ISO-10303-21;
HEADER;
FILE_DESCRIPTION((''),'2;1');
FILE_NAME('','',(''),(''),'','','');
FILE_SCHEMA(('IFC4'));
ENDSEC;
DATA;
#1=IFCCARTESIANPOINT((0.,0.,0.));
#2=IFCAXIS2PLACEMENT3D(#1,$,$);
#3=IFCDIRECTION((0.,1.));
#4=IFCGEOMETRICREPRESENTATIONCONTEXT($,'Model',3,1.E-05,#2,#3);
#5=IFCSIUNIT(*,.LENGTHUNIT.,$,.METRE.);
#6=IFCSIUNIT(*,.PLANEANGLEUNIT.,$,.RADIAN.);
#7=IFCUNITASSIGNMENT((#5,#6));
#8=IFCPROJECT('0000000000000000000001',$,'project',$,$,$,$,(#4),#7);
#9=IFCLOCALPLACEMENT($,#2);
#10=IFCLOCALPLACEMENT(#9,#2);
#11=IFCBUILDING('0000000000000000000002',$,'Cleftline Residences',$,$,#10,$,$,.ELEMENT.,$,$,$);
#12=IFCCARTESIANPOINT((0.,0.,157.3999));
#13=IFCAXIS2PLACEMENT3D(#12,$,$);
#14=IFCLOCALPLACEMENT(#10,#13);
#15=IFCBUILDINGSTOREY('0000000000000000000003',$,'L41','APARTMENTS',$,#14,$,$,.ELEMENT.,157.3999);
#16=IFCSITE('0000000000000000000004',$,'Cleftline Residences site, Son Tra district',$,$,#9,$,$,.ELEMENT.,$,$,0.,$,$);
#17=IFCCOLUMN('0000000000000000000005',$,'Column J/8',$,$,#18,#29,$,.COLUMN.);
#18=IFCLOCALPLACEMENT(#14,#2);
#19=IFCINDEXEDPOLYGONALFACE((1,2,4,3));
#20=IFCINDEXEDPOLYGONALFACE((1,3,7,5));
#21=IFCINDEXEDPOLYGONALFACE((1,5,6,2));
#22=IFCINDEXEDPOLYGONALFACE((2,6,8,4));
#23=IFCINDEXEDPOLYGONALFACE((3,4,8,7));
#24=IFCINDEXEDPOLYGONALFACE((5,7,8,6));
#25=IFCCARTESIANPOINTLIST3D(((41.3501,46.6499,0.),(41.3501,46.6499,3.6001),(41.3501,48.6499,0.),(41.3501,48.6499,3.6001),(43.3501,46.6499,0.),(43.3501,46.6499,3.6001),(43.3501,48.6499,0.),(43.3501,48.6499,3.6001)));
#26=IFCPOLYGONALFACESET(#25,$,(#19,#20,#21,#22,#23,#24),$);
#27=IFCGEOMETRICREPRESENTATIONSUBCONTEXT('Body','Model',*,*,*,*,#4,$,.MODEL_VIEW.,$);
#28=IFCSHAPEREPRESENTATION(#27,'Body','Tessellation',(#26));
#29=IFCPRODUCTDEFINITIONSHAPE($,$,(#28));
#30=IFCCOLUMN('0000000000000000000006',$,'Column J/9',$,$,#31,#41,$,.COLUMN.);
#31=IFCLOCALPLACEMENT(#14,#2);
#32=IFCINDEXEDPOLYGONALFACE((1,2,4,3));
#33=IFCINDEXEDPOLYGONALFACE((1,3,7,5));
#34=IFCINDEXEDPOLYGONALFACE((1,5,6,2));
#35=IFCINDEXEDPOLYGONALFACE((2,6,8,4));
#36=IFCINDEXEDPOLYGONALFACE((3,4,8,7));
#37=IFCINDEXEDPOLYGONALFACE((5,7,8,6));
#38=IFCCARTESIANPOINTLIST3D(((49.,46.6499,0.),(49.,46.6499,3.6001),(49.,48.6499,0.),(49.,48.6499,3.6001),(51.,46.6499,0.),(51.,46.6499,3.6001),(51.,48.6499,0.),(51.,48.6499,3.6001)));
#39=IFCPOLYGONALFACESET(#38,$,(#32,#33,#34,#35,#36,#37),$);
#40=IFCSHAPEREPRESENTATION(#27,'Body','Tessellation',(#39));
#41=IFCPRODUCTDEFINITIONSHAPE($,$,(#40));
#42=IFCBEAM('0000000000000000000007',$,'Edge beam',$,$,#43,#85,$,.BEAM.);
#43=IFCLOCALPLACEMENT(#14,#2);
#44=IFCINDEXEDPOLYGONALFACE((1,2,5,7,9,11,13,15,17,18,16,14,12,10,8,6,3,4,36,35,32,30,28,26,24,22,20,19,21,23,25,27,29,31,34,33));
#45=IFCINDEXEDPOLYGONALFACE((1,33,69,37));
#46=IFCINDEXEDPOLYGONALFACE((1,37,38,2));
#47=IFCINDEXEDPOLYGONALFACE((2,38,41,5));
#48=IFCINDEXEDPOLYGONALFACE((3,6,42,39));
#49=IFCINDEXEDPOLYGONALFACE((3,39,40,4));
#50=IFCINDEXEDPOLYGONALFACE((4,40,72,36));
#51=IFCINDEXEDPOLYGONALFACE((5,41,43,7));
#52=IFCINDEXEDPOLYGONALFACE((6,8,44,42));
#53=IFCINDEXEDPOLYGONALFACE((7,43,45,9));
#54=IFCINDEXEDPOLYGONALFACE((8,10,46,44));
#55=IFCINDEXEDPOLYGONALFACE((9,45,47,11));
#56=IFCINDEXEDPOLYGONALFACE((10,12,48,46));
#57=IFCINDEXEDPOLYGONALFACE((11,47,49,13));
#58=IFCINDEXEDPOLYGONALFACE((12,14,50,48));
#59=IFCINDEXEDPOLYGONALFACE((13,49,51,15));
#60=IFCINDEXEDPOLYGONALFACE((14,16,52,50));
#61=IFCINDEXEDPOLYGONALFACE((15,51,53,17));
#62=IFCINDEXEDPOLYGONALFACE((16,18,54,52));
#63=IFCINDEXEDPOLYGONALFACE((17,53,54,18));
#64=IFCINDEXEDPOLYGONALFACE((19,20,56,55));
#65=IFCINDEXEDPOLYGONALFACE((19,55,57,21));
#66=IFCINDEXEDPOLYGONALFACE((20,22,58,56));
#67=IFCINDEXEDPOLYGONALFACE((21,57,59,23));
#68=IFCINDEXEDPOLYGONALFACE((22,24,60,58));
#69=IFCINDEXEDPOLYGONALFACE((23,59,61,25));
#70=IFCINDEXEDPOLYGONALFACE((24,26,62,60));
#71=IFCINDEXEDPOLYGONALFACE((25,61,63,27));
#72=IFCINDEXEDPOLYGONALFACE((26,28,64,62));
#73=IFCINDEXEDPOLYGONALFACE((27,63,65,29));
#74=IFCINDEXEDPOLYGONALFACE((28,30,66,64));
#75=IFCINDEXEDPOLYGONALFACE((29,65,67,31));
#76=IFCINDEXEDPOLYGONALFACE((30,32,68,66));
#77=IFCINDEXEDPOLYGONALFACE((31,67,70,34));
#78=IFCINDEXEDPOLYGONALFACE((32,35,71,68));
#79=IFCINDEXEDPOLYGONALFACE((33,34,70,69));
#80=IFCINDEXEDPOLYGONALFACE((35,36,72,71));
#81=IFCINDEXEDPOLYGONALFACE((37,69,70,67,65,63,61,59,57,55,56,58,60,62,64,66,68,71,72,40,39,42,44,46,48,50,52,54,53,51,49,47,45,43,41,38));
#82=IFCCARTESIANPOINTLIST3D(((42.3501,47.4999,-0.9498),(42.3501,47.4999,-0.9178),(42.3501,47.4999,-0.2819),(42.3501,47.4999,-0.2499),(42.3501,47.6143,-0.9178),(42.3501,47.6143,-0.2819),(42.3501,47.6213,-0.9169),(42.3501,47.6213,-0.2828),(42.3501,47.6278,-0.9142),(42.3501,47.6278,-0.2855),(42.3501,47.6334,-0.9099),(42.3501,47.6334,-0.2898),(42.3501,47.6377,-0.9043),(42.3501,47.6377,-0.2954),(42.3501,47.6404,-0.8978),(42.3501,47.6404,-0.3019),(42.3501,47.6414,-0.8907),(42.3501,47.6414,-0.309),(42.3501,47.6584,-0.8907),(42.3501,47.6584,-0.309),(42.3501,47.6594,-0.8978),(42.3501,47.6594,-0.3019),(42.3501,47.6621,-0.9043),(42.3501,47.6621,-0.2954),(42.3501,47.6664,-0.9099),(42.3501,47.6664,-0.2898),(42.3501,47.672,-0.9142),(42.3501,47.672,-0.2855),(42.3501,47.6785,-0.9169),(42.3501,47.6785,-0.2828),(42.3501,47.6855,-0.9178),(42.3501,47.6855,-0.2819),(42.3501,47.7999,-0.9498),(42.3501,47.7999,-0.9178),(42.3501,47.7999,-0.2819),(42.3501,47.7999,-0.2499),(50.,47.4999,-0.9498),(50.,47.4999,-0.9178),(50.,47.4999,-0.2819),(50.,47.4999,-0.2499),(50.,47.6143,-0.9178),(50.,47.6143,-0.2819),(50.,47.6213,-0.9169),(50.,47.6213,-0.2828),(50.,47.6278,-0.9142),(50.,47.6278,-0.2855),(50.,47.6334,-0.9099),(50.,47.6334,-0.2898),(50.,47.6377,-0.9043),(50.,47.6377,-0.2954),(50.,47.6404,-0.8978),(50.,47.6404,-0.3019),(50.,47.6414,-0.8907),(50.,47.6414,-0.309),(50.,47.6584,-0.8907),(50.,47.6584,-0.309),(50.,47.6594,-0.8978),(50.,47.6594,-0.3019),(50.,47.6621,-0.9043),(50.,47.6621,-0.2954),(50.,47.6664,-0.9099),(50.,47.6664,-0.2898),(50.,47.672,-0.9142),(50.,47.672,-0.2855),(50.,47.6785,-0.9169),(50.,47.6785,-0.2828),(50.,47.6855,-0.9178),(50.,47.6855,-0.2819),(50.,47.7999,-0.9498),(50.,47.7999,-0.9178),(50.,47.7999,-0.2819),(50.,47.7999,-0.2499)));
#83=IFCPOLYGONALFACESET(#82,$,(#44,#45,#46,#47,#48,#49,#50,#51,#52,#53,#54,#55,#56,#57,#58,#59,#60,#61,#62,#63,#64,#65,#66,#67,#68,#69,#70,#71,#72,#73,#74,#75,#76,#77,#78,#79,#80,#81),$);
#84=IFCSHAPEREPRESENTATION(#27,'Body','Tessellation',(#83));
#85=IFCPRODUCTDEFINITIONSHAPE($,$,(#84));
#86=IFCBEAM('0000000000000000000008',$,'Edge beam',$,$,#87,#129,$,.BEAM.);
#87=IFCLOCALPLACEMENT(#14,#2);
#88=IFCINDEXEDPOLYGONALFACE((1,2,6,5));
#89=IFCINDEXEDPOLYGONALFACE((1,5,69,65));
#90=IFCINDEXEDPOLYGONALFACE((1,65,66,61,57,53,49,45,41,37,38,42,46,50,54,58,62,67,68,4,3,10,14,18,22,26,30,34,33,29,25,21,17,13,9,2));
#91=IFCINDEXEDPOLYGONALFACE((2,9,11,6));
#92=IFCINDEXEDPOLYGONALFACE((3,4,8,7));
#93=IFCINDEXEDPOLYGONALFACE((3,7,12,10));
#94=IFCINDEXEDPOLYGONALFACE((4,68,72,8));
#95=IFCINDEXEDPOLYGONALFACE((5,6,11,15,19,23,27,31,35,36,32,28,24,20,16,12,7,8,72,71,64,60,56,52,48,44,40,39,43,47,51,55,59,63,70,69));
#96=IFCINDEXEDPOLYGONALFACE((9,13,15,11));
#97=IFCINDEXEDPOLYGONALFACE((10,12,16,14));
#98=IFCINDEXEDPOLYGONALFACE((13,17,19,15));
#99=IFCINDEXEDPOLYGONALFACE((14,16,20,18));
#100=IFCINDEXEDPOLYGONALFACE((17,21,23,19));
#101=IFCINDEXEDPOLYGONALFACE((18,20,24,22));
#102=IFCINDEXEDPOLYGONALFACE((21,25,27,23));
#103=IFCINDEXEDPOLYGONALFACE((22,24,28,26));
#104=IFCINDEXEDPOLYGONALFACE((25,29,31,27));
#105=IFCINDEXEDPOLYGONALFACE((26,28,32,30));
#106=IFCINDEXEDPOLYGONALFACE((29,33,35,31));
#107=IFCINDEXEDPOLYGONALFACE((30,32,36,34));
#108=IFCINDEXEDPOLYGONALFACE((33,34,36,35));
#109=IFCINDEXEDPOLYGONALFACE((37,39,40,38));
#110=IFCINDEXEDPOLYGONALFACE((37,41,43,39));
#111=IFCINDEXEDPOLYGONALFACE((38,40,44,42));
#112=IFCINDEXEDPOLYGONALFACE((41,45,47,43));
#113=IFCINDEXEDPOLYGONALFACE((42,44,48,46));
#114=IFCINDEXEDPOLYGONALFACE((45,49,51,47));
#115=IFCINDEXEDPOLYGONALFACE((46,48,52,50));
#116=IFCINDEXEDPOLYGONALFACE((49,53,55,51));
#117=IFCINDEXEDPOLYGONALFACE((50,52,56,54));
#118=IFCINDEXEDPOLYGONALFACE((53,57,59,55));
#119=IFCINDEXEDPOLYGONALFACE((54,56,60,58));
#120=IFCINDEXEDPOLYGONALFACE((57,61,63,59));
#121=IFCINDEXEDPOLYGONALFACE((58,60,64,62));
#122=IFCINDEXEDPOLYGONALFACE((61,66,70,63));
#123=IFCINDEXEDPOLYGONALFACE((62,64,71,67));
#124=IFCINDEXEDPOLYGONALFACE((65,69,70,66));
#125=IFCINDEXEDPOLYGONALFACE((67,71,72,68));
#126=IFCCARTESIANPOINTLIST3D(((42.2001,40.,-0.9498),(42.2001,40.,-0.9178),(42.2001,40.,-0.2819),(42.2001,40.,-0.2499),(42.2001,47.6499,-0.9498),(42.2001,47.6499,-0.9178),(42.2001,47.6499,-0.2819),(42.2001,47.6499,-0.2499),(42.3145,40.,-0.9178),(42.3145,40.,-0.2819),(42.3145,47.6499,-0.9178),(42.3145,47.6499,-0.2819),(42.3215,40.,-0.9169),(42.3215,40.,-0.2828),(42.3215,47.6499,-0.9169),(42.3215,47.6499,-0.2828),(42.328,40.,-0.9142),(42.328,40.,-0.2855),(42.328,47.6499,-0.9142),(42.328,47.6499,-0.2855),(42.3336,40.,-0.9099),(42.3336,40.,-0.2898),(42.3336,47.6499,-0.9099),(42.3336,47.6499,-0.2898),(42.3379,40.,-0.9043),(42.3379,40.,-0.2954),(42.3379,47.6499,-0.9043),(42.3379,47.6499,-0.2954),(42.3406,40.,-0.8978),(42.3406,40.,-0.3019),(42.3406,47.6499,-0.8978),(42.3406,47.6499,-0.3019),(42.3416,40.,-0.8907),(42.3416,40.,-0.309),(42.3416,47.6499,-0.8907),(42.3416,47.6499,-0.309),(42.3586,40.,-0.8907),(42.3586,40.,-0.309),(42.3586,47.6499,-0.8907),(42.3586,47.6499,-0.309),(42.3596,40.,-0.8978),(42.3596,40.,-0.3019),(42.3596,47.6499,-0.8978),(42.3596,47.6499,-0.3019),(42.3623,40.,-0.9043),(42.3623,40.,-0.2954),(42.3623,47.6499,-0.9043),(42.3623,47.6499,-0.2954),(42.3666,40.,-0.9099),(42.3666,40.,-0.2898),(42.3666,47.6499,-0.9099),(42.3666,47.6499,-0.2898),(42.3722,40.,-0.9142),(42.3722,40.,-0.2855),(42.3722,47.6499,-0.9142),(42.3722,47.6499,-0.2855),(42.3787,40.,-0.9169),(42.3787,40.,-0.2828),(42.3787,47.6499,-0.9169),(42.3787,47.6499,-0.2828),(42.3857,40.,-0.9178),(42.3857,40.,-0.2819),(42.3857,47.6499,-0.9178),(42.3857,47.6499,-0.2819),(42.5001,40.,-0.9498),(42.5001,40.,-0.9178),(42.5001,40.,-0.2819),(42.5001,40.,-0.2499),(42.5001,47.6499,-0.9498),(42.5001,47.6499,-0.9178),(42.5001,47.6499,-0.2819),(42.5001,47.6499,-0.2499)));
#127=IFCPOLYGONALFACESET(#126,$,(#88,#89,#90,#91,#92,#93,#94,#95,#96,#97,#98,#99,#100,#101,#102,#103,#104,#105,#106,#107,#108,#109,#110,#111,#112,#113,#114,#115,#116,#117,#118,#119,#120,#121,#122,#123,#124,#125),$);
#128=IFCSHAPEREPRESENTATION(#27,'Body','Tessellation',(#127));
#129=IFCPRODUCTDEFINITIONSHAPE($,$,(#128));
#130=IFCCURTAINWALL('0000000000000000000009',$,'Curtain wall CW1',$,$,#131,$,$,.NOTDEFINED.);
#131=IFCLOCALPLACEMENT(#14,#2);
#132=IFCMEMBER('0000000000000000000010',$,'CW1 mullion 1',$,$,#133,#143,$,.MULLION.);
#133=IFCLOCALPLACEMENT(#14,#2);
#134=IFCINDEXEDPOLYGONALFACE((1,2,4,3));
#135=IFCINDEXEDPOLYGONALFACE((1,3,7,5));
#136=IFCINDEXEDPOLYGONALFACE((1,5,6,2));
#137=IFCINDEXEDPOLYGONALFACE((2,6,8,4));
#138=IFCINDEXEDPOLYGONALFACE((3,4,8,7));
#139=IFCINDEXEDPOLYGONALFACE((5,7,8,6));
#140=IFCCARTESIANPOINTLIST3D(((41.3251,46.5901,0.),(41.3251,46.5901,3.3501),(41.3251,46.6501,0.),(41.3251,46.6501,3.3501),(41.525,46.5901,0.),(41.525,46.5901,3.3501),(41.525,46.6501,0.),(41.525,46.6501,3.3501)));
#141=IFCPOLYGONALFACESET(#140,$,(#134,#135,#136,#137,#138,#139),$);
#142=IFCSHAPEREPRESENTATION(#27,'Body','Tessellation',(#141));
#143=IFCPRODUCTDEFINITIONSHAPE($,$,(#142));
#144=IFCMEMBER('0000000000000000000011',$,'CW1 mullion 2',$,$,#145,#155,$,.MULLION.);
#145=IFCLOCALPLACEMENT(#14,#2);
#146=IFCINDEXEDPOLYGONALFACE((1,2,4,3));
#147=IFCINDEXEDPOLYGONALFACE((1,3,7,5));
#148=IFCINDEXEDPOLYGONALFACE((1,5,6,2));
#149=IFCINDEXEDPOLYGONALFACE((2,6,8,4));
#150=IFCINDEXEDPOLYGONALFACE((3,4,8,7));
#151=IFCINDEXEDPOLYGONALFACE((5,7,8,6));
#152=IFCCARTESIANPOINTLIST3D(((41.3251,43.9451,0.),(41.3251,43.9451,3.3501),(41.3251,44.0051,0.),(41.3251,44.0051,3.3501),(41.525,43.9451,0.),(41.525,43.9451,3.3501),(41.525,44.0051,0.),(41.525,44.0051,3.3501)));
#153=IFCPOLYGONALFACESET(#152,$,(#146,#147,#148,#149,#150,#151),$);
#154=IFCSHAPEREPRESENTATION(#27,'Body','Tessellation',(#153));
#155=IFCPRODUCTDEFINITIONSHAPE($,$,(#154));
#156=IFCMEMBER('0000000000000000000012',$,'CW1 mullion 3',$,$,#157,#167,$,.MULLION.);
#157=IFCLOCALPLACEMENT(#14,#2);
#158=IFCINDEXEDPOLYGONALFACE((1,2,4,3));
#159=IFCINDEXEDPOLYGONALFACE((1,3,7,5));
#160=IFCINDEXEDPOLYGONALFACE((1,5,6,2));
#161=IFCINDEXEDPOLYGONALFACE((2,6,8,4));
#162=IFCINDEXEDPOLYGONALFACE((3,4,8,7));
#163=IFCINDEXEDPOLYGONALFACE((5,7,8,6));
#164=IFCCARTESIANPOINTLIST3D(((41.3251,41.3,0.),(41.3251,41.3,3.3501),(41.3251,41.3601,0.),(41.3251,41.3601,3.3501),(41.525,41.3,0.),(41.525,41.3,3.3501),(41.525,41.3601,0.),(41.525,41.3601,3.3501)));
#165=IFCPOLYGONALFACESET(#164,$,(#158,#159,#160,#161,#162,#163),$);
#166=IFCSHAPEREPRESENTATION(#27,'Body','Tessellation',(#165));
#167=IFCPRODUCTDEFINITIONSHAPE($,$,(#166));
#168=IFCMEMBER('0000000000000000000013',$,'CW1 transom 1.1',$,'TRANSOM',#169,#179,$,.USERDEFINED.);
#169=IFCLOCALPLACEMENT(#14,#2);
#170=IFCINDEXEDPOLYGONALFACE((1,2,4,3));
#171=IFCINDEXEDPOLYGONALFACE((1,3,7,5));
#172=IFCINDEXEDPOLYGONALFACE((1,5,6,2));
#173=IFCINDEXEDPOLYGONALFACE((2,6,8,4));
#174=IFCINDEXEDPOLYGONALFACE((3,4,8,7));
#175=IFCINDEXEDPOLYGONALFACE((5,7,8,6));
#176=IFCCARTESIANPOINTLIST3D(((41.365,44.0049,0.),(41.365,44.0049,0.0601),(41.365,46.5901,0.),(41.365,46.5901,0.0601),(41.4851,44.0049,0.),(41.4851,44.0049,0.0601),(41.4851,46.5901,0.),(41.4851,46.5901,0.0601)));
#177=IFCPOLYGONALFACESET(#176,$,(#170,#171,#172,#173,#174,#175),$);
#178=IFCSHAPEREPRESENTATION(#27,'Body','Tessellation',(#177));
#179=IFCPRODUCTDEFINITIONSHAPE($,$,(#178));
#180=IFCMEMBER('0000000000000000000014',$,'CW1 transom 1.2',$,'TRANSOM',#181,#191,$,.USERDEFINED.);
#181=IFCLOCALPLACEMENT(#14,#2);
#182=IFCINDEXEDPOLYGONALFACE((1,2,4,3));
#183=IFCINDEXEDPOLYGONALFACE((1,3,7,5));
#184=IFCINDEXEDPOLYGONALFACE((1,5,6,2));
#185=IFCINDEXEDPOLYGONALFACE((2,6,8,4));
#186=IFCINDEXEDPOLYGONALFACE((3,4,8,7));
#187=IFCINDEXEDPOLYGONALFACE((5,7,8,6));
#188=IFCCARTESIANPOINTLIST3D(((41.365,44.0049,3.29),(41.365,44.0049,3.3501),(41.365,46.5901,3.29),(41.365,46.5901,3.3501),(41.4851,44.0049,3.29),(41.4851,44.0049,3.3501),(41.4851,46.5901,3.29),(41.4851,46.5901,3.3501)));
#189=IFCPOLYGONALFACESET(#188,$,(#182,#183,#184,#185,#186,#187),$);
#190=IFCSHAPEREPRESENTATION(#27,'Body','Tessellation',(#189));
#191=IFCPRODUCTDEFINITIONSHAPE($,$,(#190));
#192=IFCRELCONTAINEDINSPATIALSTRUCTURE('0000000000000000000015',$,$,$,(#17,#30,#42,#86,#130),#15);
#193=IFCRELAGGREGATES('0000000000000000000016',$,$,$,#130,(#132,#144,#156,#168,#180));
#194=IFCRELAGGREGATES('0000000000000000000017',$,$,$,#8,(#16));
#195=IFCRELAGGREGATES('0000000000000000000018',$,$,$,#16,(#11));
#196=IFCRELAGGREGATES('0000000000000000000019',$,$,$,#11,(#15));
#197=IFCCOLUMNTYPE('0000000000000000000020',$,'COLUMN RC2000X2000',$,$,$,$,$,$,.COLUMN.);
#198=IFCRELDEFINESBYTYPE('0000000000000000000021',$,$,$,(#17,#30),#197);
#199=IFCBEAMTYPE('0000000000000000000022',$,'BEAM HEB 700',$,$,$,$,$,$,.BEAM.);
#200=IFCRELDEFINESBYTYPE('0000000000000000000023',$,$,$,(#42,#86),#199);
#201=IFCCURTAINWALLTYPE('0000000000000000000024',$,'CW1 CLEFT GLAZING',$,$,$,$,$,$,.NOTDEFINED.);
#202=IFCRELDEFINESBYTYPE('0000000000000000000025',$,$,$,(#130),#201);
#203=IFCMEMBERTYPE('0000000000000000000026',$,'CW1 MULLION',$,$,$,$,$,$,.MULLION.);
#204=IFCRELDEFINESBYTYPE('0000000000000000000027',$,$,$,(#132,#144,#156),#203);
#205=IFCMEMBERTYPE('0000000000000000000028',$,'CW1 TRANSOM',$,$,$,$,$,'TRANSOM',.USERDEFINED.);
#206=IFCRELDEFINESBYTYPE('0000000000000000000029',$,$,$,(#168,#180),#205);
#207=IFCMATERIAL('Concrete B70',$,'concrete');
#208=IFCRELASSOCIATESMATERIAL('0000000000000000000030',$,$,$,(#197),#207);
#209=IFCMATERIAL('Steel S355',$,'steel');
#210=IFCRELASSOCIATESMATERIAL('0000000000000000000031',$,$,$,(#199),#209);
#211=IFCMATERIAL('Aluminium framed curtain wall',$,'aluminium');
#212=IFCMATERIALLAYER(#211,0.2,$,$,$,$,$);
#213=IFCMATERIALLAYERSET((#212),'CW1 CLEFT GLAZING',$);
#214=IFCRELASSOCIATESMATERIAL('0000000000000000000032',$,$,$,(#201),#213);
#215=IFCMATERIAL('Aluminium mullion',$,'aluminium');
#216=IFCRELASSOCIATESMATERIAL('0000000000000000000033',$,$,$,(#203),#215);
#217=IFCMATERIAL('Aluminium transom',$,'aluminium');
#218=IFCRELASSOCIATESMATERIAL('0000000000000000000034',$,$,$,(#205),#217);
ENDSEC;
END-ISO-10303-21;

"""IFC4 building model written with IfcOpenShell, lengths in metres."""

from ifc_helpers import new_model, si_unit, direction, frame, origin, origin_2d, place, context, subcontext, project, spatial, rectangle, i_section, extrude, material, layer, layer_set, material_profile, profile_set, type_object, element, aggregate, save


model = new_model("IFC4")

# Units and contexts
model_context = context("Model", 3, precision=1e-05, world=origin(), true_north=direction((0.0, 1.0)))
body_context = subcontext(model_context, "Body", "Model", "MODEL_VIEW")
ifc_project = project(units=[si_unit("LENGTHUNIT", "METRE"), si_unit("PLANEANGLEUNIT", "RADIAN")], contexts=[model_context])

# Site, building, storey
site_placement = place(None, origin())
site = spatial("IfcSite", under=ifc_project, at=site_placement, Name="Cleftline Residences site, Son Tra district", CompositionType="ELEMENT", RefElevation=0.0)
building_placement = place(site_placement, origin())
building = spatial("IfcBuilding", under=site, at=building_placement, Name="Cleftline Residences", CompositionType="ELEMENT")
storey_placement = place(building_placement, frame((0.0, 0.0, 157.3999)))
storey = spatial("IfcBuildingStorey", under=building, at=storey_placement, Name="L41", Description="APARTMENTS", CompositionType="ELEMENT", Elevation=157.3999)

# Columns
ifc_material_1 = material(Name="Concrete B70", Category="concrete")
ifc_material_profile_1 = material_profile(ifc_material_1, rectangle(XDim=2.0, YDim=2.0, at=origin_2d()))
ifc_profile_set_1 = profile_set([ifc_material_profile_1], Name="Concrete B70")
column_type = type_object("IfcColumnType", Name="COLUMN RC2000X2000", PredefinedType="COLUMN", material=ifc_profile_set_1)
for number, where, z_axis, x_axis, name in (
    (1, (42.3501, 47.6499, 0.0), (0.0, 0.0, 1.0), (1.0, 0.0, 0.0), "Column J/8"),
    (2, (50.0, 47.6499, 0.0), (0.0, 0.0, 1.0), (1.0, 0.0, 0.0), "Column J/9"),
):
    element("IfcColumn", number, at=place(storey_placement, frame(where, z_axis=z_axis, x_axis=x_axis)), inside=storey, type_object=column_type, Name=name, PredefinedType="COLUMN", context=body_context, shape_type="SweptSolid", body=[
        extrude(rectangle(XDim=2.0, YDim=2.0, at=origin_2d()), origin(), (0.0, 0.0, 1.0), 3.6001),
    ])

# Beams
ifc_material_2 = material(Name="Steel S355", Category="steel")
ifc_material_profile_2 = material_profile(ifc_material_2, i_section(OverallWidth=0.3, OverallDepth=0.7, WebThickness=0.0171, FlangeThickness=0.032, FilletRadius=0.0271, at=origin_2d()))
ifc_profile_set_2 = profile_set([ifc_material_profile_2], Name="Steel S355")
beam_type = type_object("IfcBeamType", Name="BEAM HEB 700", PredefinedType="BEAM", material=ifc_profile_set_2)
for number, where, z_axis, x_axis, name in (
    (3, (50.0, 47.6499, -0.5999), (-1.0, 0.0, 0.0), (0.0, -1.0, 0.0), "Edge beam"),
    (4, (42.3501, 47.6499, -0.5999), (0.0, -1.0, 0.0), (1.0, 0.0, 0.0), "Edge beam"),
):
    element("IfcBeam", number, at=place(storey_placement, frame(where, z_axis=z_axis, x_axis=x_axis)), inside=storey, type_object=beam_type, Name=name, PredefinedType="BEAM", context=body_context, shape_type="SweptSolid", body=[
        extrude(i_section(OverallWidth=0.3, OverallDepth=0.7, WebThickness=0.0171, FlangeThickness=0.032, FilletRadius=0.0271, at=origin_2d()), origin(), (0.0, 0.0, 1.0), 7.6499),
    ])

# Curtain wall, members
ifc_material_3 = material(Name="Aluminium framed curtain wall", Category="aluminium")
ifc_layer_1 = layer(ifc_material_3, 0.2)
ifc_layer_set_1 = layer_set([ifc_layer_1], Name="CW1 CLEFT GLAZING")
curtain_wall_type = type_object("IfcCurtainWallType", Name="CW1 CLEFT GLAZING", PredefinedType="NOTDEFINED", material=ifc_layer_set_1)
curtain_wall_placement = place(storey_placement, origin())
curtain_wall = element("IfcCurtainWall", 5, at=curtain_wall_placement, inside=storey, type_object=curtain_wall_type, Name="Curtain wall CW1", PredefinedType="NOTDEFINED")
ifc_material_4 = material(Name="Aluminium mullion", Category="aluminium")
ifc_material_profile_3 = material_profile(ifc_material_4, rectangle(XDim=0.2, YDim=0.0601, at=origin_2d()))
ifc_profile_set_3 = profile_set([ifc_material_profile_3], Name="Aluminium mullion")
member_type_1 = type_object("IfcMemberType", Name="CW1 MULLION", PredefinedType="MULLION", material=ifc_profile_set_3)
member_1_placement = place(storey_placement, frame((41.425, 46.6201, 0.0), z_axis=(0.0, 0.0, 1.0), x_axis=(1.0, 0.0, 0.0)))
member_1 = element("IfcMember", 6, at=member_1_placement, type_object=member_type_1, Name="CW1 mullion 1", PredefinedType="MULLION", context=body_context, shape_type="SweptSolid", body=[
    extrude(rectangle(XDim=0.2, YDim=0.0601, at=origin_2d()), origin(), (0.0, 0.0, 1.0), 3.3501),
])
member_2_placement = place(storey_placement, frame((41.425, 43.9751, 0.0), z_axis=(0.0, 0.0, 1.0), x_axis=(1.0, 0.0, 0.0)))
member_2 = element("IfcMember", 7, at=member_2_placement, type_object=member_type_1, Name="CW1 mullion 2", PredefinedType="MULLION", context=body_context, shape_type="SweptSolid", body=[
    extrude(rectangle(XDim=0.2, YDim=0.0601, at=origin_2d()), origin(), (0.0, 0.0, 1.0), 3.3501),
])
member_3_placement = place(storey_placement, frame((41.425, 41.3301, 0.0), z_axis=(0.0, 0.0, 1.0), x_axis=(1.0, 0.0, 0.0)))
member_3 = element("IfcMember", 8, at=member_3_placement, type_object=member_type_1, Name="CW1 mullion 3", PredefinedType="MULLION", context=body_context, shape_type="SweptSolid", body=[
    extrude(rectangle(XDim=0.2, YDim=0.0601, at=origin_2d()), origin(), (0.0, 0.0, 1.0), 3.3501),
])
ifc_material_5 = material(Name="Aluminium transom", Category="aluminium")
ifc_material_profile_4 = material_profile(ifc_material_5, rectangle(XDim=0.1201, YDim=0.0601, at=origin_2d()))
ifc_profile_set_4 = profile_set([ifc_material_profile_4], Name="Aluminium transom")
member_type_2 = type_object("IfcMemberType", Name="CW1 TRANSOM", ElementType="TRANSOM", PredefinedType="USERDEFINED", material=ifc_profile_set_4)
member_4_placement = place(storey_placement, frame((41.425, 46.5901, 0.03), z_axis=(0.0, -1.0, 0.0), x_axis=(1.0, 0.0, 0.0)))
member_4 = element("IfcMember", 9, at=member_4_placement, type_object=member_type_2, Name="CW1 transom 1.1", ObjectType="TRANSOM", PredefinedType="USERDEFINED", context=body_context, shape_type="SweptSolid", body=[
    extrude(rectangle(XDim=0.1201, YDim=0.0601, at=origin_2d()), origin(), (0.0, 0.0, 1.0), 2.5852),
])
member_5_placement = place(storey_placement, frame((41.425, 46.5901, 3.3201), z_axis=(0.0, -1.0, 0.0), x_axis=(1.0, 0.0, 0.0)))
member_5 = element("IfcMember", 10, at=member_5_placement, type_object=member_type_2, Name="CW1 transom 1.2", ObjectType="TRANSOM", PredefinedType="USERDEFINED", context=body_context, shape_type="SweptSolid", body=[
    extrude(rectangle(XDim=0.1201, YDim=0.0601, at=origin_2d()), origin(), (0.0, 0.0, 1.0), 2.5852),
])
aggregate(curtain_wall, [member_1, member_2, member_3, member_4, member_5])

save(model, "model.ifc")
